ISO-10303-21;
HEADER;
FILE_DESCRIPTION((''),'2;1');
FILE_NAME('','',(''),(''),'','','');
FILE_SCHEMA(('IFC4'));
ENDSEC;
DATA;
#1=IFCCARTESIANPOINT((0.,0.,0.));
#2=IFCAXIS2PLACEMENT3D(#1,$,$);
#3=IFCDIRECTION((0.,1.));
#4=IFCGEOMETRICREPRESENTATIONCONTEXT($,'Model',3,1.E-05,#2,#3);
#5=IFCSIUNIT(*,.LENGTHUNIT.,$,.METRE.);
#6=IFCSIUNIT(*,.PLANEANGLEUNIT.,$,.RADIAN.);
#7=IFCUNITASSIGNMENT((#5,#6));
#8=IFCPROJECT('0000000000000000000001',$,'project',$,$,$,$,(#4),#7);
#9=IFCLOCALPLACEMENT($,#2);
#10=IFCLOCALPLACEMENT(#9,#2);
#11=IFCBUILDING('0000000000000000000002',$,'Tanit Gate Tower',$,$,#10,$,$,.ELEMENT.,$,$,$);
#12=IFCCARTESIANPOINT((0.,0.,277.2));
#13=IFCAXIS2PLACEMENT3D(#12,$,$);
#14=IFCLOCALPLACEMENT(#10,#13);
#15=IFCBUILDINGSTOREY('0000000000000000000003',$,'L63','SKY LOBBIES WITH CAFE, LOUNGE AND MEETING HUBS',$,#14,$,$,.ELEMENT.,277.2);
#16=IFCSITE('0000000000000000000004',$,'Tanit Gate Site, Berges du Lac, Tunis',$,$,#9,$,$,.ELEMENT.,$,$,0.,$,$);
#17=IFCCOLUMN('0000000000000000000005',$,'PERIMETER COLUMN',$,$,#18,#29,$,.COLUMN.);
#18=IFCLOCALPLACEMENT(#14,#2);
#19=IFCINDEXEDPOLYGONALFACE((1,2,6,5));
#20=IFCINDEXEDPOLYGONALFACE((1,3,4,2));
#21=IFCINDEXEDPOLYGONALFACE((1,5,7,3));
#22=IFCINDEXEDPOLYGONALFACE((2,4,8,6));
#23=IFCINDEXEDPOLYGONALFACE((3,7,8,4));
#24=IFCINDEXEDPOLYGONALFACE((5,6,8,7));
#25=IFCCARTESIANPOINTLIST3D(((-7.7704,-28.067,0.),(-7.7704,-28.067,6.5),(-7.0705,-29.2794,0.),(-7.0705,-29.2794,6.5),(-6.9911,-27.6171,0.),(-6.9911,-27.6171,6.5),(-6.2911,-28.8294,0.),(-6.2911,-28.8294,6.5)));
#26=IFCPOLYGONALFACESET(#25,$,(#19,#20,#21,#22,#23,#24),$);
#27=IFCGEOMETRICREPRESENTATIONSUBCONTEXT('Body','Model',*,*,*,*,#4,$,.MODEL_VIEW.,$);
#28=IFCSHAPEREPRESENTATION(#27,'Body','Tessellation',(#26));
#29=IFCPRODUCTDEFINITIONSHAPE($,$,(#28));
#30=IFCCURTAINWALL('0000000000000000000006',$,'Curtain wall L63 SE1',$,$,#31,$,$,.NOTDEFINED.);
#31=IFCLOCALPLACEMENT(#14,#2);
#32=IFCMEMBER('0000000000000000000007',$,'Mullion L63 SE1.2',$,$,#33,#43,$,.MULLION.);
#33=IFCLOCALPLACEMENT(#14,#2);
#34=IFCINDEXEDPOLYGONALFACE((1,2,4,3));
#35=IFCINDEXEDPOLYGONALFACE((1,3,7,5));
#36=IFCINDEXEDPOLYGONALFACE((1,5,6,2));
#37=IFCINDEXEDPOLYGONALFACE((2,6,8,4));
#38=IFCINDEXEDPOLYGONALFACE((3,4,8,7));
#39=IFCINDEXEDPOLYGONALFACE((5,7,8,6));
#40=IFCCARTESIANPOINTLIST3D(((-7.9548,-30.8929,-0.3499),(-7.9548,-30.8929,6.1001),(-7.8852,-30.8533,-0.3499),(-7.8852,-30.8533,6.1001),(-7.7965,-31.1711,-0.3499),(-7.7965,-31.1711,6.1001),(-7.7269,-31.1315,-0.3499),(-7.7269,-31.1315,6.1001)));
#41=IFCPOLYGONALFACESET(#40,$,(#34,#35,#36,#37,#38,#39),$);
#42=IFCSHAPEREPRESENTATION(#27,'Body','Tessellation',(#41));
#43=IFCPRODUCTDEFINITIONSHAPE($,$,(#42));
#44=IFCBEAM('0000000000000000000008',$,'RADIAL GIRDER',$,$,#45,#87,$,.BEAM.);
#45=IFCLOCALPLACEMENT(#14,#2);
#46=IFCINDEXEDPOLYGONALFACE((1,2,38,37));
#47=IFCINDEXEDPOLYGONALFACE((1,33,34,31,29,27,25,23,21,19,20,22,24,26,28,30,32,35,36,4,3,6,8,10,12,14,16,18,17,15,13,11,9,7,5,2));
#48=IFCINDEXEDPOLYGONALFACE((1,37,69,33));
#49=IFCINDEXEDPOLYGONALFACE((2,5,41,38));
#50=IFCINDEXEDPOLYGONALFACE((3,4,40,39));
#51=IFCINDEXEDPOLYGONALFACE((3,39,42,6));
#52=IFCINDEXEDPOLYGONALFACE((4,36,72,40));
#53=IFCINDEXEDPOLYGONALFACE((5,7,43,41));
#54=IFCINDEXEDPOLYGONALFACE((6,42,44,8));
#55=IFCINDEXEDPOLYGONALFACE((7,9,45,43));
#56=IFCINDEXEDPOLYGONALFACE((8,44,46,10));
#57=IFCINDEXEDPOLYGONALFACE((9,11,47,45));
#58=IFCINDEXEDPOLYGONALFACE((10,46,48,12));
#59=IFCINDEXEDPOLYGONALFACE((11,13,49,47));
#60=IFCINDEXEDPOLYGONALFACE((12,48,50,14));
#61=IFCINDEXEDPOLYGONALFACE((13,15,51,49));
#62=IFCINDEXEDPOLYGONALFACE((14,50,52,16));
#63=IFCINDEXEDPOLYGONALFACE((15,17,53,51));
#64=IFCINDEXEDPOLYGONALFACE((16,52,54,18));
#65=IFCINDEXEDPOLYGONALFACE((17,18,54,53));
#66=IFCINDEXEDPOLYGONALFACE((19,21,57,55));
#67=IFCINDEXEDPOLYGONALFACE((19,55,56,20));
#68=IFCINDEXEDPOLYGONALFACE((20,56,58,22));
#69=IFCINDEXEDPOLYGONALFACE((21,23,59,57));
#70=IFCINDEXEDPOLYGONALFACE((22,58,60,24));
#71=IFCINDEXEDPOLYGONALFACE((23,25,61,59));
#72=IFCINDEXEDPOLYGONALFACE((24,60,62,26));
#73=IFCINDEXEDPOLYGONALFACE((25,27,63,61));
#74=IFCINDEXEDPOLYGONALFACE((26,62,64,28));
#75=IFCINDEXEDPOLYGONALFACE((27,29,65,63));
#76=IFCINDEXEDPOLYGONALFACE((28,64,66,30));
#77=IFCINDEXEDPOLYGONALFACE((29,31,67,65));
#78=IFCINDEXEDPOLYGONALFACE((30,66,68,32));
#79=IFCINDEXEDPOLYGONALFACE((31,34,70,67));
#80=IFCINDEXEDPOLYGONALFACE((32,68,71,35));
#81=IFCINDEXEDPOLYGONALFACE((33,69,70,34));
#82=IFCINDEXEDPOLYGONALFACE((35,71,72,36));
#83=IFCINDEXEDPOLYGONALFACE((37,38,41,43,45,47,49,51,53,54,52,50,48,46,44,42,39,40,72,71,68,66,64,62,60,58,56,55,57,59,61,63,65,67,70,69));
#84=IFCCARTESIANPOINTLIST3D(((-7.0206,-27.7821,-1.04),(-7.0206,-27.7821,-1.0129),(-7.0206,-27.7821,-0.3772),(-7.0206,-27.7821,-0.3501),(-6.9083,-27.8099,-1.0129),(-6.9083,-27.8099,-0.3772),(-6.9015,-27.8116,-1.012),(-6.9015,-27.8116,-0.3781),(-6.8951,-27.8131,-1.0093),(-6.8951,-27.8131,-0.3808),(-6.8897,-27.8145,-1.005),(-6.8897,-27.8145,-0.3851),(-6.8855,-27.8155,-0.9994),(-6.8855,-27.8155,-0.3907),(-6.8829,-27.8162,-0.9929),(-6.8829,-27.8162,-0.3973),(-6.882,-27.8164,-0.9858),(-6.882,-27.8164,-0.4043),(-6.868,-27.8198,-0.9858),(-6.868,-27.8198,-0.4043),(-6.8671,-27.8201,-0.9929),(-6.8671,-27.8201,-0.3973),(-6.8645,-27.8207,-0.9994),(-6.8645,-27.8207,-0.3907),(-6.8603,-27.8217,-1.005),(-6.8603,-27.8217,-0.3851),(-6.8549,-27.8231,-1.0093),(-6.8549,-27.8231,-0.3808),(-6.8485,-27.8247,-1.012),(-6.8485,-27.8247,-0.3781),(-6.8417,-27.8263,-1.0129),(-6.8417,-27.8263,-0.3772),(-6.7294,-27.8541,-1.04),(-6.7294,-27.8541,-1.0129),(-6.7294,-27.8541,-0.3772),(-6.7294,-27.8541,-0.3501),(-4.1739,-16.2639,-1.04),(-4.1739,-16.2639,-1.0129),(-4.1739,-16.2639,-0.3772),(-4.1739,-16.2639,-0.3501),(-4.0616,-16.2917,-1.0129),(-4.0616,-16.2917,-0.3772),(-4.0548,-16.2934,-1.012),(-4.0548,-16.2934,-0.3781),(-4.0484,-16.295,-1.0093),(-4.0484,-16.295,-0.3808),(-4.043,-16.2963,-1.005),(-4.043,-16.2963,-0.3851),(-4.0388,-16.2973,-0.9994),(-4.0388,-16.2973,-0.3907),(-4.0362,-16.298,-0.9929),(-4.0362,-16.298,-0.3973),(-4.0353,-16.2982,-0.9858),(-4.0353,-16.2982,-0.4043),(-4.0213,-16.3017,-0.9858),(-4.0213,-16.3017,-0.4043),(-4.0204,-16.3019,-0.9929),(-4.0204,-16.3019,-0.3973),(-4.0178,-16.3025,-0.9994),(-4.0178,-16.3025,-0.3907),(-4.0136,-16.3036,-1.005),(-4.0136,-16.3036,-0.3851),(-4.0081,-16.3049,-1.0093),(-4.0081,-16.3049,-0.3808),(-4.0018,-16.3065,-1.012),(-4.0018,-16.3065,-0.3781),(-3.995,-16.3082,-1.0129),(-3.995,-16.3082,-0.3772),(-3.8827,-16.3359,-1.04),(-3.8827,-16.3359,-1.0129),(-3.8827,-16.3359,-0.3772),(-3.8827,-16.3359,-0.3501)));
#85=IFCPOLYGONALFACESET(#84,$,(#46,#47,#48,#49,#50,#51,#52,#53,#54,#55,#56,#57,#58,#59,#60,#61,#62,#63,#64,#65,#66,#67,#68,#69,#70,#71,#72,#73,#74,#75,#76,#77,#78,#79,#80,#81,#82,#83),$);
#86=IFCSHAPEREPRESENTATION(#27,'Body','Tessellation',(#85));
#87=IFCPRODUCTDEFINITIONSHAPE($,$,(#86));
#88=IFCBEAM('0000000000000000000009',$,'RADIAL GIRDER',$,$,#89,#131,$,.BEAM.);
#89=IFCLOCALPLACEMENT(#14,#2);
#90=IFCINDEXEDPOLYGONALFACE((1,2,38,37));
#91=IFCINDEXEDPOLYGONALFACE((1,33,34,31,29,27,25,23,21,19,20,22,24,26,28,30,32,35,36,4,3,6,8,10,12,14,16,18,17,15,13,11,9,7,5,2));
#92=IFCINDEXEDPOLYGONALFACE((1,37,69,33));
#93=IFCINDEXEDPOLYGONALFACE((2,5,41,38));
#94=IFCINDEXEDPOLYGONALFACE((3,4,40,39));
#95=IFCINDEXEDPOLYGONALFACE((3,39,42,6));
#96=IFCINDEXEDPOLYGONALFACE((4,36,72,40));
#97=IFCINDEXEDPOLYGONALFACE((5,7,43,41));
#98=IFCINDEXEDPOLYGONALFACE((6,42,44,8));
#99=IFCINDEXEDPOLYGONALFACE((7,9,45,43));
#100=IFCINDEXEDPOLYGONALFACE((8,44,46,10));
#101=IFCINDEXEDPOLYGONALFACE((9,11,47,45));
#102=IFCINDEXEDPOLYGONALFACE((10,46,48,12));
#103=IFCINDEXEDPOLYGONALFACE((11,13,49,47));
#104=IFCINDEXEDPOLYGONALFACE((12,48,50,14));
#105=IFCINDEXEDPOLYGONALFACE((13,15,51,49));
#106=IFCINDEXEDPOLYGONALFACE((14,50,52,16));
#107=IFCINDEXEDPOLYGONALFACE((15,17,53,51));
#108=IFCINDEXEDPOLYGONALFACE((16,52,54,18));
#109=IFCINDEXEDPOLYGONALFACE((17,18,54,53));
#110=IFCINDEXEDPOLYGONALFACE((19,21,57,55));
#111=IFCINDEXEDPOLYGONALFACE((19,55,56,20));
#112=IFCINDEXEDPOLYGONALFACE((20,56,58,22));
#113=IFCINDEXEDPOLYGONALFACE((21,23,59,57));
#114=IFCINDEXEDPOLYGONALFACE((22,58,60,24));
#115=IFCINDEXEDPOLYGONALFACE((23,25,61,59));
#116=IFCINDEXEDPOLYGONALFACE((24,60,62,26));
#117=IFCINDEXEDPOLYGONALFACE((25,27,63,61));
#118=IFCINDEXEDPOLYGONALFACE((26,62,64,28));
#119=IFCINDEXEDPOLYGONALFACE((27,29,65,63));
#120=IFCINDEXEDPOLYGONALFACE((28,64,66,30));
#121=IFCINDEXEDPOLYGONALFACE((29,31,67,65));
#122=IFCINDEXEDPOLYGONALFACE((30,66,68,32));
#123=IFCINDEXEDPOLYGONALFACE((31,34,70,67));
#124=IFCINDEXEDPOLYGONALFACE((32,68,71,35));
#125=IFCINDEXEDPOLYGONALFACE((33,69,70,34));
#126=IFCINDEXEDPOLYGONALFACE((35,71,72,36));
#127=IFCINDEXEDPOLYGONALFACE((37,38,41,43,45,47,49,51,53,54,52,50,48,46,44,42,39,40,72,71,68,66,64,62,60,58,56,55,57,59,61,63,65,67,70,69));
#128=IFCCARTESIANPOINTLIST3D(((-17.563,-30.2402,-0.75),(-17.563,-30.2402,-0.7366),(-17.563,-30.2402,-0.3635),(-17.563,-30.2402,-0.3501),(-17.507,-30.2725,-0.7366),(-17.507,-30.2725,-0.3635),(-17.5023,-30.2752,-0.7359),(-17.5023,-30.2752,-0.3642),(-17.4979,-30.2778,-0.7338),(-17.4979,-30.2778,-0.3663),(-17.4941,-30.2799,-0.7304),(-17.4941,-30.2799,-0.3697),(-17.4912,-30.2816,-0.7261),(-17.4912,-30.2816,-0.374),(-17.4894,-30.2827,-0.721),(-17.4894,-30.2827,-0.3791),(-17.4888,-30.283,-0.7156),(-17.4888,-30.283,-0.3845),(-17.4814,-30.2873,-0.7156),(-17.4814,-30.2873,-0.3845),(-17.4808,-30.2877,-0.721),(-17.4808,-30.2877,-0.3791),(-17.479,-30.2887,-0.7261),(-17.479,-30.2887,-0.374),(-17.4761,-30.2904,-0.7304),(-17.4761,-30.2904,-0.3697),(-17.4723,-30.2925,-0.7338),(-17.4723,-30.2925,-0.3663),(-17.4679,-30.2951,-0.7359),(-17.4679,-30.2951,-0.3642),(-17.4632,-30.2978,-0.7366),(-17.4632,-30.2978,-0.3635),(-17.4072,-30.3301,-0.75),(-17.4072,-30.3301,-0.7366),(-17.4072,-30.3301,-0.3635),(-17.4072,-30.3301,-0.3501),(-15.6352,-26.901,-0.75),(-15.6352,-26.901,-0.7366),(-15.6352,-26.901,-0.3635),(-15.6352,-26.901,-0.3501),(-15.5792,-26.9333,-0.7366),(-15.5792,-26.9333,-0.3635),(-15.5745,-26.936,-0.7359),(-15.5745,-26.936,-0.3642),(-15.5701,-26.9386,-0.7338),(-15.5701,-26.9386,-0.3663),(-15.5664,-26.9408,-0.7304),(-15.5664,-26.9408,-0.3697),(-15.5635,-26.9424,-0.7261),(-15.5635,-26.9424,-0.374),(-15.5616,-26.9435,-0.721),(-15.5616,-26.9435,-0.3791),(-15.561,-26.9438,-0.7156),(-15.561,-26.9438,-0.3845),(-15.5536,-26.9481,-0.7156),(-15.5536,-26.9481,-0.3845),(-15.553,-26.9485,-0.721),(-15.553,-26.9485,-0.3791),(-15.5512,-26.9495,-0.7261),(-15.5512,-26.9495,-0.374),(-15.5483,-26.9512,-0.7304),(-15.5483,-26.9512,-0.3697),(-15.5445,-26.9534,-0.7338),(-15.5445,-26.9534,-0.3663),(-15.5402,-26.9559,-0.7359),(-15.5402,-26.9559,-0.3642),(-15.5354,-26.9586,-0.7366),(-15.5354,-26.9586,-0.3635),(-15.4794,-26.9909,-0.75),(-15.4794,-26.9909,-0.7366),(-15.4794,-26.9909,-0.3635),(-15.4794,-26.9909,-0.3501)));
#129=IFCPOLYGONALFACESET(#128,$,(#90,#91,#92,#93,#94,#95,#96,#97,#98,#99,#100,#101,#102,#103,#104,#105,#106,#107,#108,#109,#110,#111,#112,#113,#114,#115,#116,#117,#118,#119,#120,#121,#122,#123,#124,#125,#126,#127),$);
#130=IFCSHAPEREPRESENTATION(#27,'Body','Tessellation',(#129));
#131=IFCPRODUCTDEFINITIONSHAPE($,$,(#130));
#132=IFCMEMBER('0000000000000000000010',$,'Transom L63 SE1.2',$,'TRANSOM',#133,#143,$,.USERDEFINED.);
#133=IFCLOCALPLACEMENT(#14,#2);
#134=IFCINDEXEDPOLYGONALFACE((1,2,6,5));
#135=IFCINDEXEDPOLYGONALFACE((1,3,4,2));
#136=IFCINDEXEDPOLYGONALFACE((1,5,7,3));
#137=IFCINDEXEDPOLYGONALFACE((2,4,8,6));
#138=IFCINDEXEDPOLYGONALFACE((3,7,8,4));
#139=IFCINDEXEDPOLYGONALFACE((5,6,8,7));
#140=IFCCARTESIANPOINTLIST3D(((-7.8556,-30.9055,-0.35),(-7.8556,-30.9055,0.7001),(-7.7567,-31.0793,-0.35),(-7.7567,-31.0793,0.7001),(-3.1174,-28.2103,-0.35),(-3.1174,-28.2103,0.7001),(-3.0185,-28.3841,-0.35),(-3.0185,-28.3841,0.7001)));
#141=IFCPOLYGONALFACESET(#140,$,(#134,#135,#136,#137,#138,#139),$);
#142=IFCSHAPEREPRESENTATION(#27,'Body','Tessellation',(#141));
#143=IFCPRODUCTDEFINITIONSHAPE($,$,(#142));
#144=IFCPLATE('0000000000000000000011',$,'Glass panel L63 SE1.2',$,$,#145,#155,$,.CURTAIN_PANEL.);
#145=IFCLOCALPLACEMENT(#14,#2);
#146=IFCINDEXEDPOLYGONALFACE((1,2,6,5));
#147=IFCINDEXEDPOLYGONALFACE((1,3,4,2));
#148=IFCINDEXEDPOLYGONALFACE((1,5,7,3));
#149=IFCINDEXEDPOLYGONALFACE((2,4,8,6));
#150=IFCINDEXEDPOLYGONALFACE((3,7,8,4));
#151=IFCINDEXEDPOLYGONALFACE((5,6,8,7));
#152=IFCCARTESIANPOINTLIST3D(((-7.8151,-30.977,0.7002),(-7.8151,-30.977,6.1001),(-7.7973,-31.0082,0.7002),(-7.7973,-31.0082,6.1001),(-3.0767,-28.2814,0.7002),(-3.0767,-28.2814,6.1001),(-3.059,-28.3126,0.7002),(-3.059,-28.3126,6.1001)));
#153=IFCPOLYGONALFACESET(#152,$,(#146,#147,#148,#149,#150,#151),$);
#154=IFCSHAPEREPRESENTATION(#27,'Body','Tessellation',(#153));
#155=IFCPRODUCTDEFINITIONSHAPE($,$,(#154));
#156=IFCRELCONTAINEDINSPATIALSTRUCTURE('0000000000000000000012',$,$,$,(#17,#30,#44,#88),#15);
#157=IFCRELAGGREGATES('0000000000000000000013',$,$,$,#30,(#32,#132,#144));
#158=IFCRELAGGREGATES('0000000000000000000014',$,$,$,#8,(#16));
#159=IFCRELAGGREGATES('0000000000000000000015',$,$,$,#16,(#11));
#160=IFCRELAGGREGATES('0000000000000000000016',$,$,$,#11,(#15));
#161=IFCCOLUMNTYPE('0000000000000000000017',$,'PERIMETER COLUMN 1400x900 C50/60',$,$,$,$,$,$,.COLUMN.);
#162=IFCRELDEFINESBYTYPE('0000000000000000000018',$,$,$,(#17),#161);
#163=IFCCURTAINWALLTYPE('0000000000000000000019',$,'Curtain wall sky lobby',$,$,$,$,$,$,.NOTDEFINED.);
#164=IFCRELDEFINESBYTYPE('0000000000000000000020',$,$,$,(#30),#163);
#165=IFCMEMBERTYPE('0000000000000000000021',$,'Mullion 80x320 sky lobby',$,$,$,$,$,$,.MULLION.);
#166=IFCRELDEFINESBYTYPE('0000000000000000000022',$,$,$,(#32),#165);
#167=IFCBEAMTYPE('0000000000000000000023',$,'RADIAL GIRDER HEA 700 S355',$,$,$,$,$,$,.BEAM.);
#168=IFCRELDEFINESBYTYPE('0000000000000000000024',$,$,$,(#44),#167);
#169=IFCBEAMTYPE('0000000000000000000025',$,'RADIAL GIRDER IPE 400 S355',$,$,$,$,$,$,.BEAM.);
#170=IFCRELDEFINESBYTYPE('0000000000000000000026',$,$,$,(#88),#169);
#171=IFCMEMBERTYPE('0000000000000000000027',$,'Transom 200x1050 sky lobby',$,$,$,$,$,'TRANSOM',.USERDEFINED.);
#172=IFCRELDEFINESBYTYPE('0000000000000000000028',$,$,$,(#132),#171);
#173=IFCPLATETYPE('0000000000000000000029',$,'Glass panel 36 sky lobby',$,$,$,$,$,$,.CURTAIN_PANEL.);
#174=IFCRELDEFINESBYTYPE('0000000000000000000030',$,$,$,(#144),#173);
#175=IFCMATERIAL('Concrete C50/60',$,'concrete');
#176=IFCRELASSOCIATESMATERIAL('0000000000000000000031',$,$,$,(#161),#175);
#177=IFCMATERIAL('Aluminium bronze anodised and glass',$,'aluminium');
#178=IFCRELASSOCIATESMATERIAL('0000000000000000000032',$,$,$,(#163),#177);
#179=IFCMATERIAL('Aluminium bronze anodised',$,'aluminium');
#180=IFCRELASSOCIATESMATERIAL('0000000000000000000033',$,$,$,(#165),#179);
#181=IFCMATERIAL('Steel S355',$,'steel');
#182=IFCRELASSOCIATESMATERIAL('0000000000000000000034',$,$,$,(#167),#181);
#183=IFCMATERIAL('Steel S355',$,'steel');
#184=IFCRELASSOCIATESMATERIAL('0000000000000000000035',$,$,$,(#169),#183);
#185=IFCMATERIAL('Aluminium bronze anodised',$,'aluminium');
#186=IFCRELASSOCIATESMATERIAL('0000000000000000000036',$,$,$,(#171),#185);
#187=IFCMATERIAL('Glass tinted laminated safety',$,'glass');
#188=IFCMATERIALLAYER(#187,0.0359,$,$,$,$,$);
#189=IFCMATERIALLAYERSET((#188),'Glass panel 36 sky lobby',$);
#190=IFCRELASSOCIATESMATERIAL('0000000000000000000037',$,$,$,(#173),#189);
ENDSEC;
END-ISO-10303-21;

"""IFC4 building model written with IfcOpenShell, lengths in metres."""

from ifc_helpers import new_model, si_unit, direction, frame, origin, origin_2d, place, context, subcontext, project, spatial, rectangle, i_section, extrude, material, layer, layer_set, material_profile, profile_set, type_object, element, aggregate, save


model = new_model("IFC4")

# Units and contexts
model_context = context("Model", 3, precision=1e-05, world=origin(), true_north=direction((0.0, 1.0)))
body_context = subcontext(model_context, "Body", "Model", "MODEL_VIEW")
ifc_project = project(units=[si_unit("LENGTHUNIT", "METRE"), si_unit("PLANEANGLEUNIT", "RADIAN")], contexts=[model_context])

# Site, building, storey
site_placement = place(None, origin())
site = spatial("IfcSite", under=ifc_project, at=site_placement, Name="Tanit Gate Site, Berges du Lac, Tunis", CompositionType="ELEMENT", RefElevation=0.0)
building_placement = place(site_placement, origin())
building = spatial("IfcBuilding", under=site, at=building_placement, Name="Tanit Gate Tower", CompositionType="ELEMENT")
storey_placement = place(building_placement, frame((0.0, 0.0, 277.2)))
storey = spatial("IfcBuildingStorey", under=building, at=storey_placement, Name="L63", Description="SKY LOBBIES WITH CAFE, LOUNGE AND MEETING HUBS", CompositionType="ELEMENT", Elevation=277.2)

# Column
ifc_material_1 = material(Name="Concrete C50/60", Category="concrete")
ifc_material_profile_1 = material_profile(ifc_material_1, rectangle(XDim=1.3999, YDim=0.8999, at=origin_2d()), Name="RC 1400x900")
ifc_profile_set_1 = profile_set([ifc_material_profile_1], Name="Concrete C50/60")
column_type = type_object("IfcColumnType", Name="PERIMETER COLUMN 1400x900 C50/60", PredefinedType="COLUMN", material=ifc_profile_set_1)
column_placement = place(storey_placement, frame((-7.0308, -28.4482, 0.0), z_axis=(0.0, 0.0, 1.0), x_axis=(0.5, -0.866025, 0.0)))
element("IfcColumn", 1, at=column_placement, inside=storey, type_object=column_type, Name="PERIMETER COLUMN", PredefinedType="COLUMN", context=body_context, shape_type="SweptSolid", body=[
    extrude(rectangle(XDim=1.3999, YDim=0.8999, at=origin_2d()), origin(), (0.0, 0.0, 1.0), 6.5),
])

# Curtain wall, member
ifc_material_2 = material(Name="Aluminium bronze anodised and glass", Category="aluminium")
curtain_wall_type = type_object("IfcCurtainWallType", Name="Curtain wall sky lobby", PredefinedType="NOTDEFINED", material=ifc_material_2)
curtain_wall_placement = place(storey_placement, origin())
curtain_wall = element("IfcCurtainWall", 2, at=curtain_wall_placement, inside=storey, type_object=curtain_wall_type, Name="Curtain wall L63 SE1", PredefinedType="NOTDEFINED")
ifc_material_3 = material(Name="Aluminium bronze anodised", Category="aluminium")
ifc_material_profile_2 = material_profile(ifc_material_3, rectangle(XDim=0.3201, YDim=0.0801, at=origin_2d()), Name="80x320 bronze mullion")
ifc_profile_set_2 = profile_set([ifc_material_profile_2], Name="Aluminium bronze anodised")
member_type_1 = type_object("IfcMemberType", Name="Mullion 80x320 sky lobby", PredefinedType="MULLION", material=ifc_profile_set_2)
member_1_placement = place(storey_placement, frame((-7.8408, -31.0122, -0.3499), z_axis=(0.0, 0.0, 1.0), x_axis=(-0.49447, 0.869195, 0.0)))
member_1 = element("IfcMember", 3, at=member_1_placement, type_object=member_type_1, Name="Mullion L63 SE1.2", PredefinedType="MULLION", context=body_context, shape_type="SweptSolid", body=[
    extrude(rectangle(XDim=0.3201, YDim=0.0801, at=origin_2d()), origin(), (0.0, 0.0, 1.0), 6.45),
])

# Beams
ifc_material_4 = material(Name="Steel S355", Category="steel")
ifc_material_profile_3 = material_profile(ifc_material_4, i_section(OverallWidth=0.3, OverallDepth=0.6899, WebThickness=0.0144, FlangeThickness=0.0271, FilletRadius=0.0271, at=origin_2d()), Name="HEA 700")
ifc_profile_set_3 = profile_set([ifc_material_profile_3], Name="Steel S355")
beam_type_1 = type_object("IfcBeamType", Name="RADIAL GIRDER HEA 700 S355", PredefinedType="BEAM", material=ifc_profile_set_3)
beam_1_placement = place(storey_placement, frame((-6.875, -27.8181, -0.6951), z_axis=(0.23993, 0.97079, 0.0), x_axis=(-0.97079, 0.23993, 0.0)))
element("IfcBeam", 4, at=beam_1_placement, inside=storey, type_object=beam_type_1, Name="RADIAL GIRDER", PredefinedType="BEAM", context=body_context, shape_type="SweptSolid", body=[
    extrude(i_section(OverallWidth=0.3, OverallDepth=0.6899, WebThickness=0.0144, FlangeThickness=0.0271, FilletRadius=0.0271, at=origin_2d()), origin(), (0.0, 0.0, 1.0), 11.8647),
])
ifc_material_5 = material(Name="Steel S355", Category="steel")
ifc_material_profile_4 = material_profile(ifc_material_5, i_section(OverallWidth=0.1799, OverallDepth=0.3999, WebThickness=0.0085, FlangeThickness=0.0134, FilletRadius=0.021, at=origin_2d()), Name="IPE 400")
ifc_profile_set_4 = profile_set([ifc_material_profile_4], Name="Steel S355")
beam_type_2 = type_object("IfcBeamType", Name="RADIAL GIRDER IPE 400 S355", PredefinedType="BEAM", material=ifc_profile_set_4)
beam_2_placement = place(storey_placement, frame((-17.4851, -30.2852, -0.55), z_axis=(0.49998, 0.866037, 0.0), x_axis=(-0.866037, 0.49998, 0.0)))
element("IfcBeam", 5, at=beam_2_placement, inside=storey, type_object=beam_type_2, Name="RADIAL GIRDER", PredefinedType="BEAM", context=body_context, shape_type="SweptSolid", body=[
    extrude(i_section(OverallWidth=0.1799, OverallDepth=0.3999, WebThickness=0.0085, FlangeThickness=0.0134, FilletRadius=0.021, at=origin_2d()), origin(), (0.0, 0.0, 1.0), 3.8557),
])

# Member
ifc_material_6 = material(Name="Aluminium bronze anodised", Category="aluminium")
ifc_material_profile_5 = material_profile(ifc_material_6, rectangle(XDim=0.2, YDim=1.05, at=origin_2d()), Name="200x1050 bronze transom")
ifc_profile_set_5 = profile_set([ifc_material_profile_5], Name="Aluminium bronze anodised")
member_type_2 = type_object("IfcMemberType", Name="Transom 200x1050 sky lobby", ElementType="TRANSOM", PredefinedType="USERDEFINED", material=ifc_profile_set_5)
member_2_placement = place(storey_placement, frame((-7.8062, -30.9924, 0.175), z_axis=(0.869212, 0.49444, 0.0), x_axis=(-0.49444, 0.869212, 0.0)))
member_2 = element("IfcMember", 6, at=member_2_placement, type_object=member_type_2, Name="Transom L63 SE1.2", ObjectType="TRANSOM", PredefinedType="USERDEFINED", context=body_context, shape_type="SweptSolid", body=[
    extrude(rectangle(XDim=0.2, YDim=1.05, at=origin_2d()), origin(), (0.0, 0.0, 1.0), 5.4512),
])

# Plate
ifc_material_7 = material(Name="Glass tinted laminated safety", Category="glass")
ifc_layer_1 = layer(ifc_material_7, 0.0359)
ifc_layer_set_1 = layer_set([ifc_layer_1], Name="Glass panel 36 sky lobby")
plate_type = type_object("IfcPlateType", Name="Glass panel 36 sky lobby", PredefinedType="CURTAIN_PANEL", material=ifc_layer_set_1)
plate_placement = place(storey_placement, frame((-5.437, -29.6448, 0.7002), z_axis=(0.0, 0.0, 1.0), x_axis=(0.869195, 0.49447, 0.0)))
plate = element("IfcPlate", 7, at=plate_placement, type_object=plate_type, Name="Glass panel L63 SE1.2", PredefinedType="CURTAIN_PANEL", context=body_context, shape_type="SweptSolid", body=[
    extrude(rectangle(XDim=5.4514, YDim=0.0359, at=origin_2d()), origin(), (0.0, 0.0, 1.0), 5.3999),
])
aggregate(curtain_wall, [member_1, member_2, plate])

save(model, "model.ifc")
